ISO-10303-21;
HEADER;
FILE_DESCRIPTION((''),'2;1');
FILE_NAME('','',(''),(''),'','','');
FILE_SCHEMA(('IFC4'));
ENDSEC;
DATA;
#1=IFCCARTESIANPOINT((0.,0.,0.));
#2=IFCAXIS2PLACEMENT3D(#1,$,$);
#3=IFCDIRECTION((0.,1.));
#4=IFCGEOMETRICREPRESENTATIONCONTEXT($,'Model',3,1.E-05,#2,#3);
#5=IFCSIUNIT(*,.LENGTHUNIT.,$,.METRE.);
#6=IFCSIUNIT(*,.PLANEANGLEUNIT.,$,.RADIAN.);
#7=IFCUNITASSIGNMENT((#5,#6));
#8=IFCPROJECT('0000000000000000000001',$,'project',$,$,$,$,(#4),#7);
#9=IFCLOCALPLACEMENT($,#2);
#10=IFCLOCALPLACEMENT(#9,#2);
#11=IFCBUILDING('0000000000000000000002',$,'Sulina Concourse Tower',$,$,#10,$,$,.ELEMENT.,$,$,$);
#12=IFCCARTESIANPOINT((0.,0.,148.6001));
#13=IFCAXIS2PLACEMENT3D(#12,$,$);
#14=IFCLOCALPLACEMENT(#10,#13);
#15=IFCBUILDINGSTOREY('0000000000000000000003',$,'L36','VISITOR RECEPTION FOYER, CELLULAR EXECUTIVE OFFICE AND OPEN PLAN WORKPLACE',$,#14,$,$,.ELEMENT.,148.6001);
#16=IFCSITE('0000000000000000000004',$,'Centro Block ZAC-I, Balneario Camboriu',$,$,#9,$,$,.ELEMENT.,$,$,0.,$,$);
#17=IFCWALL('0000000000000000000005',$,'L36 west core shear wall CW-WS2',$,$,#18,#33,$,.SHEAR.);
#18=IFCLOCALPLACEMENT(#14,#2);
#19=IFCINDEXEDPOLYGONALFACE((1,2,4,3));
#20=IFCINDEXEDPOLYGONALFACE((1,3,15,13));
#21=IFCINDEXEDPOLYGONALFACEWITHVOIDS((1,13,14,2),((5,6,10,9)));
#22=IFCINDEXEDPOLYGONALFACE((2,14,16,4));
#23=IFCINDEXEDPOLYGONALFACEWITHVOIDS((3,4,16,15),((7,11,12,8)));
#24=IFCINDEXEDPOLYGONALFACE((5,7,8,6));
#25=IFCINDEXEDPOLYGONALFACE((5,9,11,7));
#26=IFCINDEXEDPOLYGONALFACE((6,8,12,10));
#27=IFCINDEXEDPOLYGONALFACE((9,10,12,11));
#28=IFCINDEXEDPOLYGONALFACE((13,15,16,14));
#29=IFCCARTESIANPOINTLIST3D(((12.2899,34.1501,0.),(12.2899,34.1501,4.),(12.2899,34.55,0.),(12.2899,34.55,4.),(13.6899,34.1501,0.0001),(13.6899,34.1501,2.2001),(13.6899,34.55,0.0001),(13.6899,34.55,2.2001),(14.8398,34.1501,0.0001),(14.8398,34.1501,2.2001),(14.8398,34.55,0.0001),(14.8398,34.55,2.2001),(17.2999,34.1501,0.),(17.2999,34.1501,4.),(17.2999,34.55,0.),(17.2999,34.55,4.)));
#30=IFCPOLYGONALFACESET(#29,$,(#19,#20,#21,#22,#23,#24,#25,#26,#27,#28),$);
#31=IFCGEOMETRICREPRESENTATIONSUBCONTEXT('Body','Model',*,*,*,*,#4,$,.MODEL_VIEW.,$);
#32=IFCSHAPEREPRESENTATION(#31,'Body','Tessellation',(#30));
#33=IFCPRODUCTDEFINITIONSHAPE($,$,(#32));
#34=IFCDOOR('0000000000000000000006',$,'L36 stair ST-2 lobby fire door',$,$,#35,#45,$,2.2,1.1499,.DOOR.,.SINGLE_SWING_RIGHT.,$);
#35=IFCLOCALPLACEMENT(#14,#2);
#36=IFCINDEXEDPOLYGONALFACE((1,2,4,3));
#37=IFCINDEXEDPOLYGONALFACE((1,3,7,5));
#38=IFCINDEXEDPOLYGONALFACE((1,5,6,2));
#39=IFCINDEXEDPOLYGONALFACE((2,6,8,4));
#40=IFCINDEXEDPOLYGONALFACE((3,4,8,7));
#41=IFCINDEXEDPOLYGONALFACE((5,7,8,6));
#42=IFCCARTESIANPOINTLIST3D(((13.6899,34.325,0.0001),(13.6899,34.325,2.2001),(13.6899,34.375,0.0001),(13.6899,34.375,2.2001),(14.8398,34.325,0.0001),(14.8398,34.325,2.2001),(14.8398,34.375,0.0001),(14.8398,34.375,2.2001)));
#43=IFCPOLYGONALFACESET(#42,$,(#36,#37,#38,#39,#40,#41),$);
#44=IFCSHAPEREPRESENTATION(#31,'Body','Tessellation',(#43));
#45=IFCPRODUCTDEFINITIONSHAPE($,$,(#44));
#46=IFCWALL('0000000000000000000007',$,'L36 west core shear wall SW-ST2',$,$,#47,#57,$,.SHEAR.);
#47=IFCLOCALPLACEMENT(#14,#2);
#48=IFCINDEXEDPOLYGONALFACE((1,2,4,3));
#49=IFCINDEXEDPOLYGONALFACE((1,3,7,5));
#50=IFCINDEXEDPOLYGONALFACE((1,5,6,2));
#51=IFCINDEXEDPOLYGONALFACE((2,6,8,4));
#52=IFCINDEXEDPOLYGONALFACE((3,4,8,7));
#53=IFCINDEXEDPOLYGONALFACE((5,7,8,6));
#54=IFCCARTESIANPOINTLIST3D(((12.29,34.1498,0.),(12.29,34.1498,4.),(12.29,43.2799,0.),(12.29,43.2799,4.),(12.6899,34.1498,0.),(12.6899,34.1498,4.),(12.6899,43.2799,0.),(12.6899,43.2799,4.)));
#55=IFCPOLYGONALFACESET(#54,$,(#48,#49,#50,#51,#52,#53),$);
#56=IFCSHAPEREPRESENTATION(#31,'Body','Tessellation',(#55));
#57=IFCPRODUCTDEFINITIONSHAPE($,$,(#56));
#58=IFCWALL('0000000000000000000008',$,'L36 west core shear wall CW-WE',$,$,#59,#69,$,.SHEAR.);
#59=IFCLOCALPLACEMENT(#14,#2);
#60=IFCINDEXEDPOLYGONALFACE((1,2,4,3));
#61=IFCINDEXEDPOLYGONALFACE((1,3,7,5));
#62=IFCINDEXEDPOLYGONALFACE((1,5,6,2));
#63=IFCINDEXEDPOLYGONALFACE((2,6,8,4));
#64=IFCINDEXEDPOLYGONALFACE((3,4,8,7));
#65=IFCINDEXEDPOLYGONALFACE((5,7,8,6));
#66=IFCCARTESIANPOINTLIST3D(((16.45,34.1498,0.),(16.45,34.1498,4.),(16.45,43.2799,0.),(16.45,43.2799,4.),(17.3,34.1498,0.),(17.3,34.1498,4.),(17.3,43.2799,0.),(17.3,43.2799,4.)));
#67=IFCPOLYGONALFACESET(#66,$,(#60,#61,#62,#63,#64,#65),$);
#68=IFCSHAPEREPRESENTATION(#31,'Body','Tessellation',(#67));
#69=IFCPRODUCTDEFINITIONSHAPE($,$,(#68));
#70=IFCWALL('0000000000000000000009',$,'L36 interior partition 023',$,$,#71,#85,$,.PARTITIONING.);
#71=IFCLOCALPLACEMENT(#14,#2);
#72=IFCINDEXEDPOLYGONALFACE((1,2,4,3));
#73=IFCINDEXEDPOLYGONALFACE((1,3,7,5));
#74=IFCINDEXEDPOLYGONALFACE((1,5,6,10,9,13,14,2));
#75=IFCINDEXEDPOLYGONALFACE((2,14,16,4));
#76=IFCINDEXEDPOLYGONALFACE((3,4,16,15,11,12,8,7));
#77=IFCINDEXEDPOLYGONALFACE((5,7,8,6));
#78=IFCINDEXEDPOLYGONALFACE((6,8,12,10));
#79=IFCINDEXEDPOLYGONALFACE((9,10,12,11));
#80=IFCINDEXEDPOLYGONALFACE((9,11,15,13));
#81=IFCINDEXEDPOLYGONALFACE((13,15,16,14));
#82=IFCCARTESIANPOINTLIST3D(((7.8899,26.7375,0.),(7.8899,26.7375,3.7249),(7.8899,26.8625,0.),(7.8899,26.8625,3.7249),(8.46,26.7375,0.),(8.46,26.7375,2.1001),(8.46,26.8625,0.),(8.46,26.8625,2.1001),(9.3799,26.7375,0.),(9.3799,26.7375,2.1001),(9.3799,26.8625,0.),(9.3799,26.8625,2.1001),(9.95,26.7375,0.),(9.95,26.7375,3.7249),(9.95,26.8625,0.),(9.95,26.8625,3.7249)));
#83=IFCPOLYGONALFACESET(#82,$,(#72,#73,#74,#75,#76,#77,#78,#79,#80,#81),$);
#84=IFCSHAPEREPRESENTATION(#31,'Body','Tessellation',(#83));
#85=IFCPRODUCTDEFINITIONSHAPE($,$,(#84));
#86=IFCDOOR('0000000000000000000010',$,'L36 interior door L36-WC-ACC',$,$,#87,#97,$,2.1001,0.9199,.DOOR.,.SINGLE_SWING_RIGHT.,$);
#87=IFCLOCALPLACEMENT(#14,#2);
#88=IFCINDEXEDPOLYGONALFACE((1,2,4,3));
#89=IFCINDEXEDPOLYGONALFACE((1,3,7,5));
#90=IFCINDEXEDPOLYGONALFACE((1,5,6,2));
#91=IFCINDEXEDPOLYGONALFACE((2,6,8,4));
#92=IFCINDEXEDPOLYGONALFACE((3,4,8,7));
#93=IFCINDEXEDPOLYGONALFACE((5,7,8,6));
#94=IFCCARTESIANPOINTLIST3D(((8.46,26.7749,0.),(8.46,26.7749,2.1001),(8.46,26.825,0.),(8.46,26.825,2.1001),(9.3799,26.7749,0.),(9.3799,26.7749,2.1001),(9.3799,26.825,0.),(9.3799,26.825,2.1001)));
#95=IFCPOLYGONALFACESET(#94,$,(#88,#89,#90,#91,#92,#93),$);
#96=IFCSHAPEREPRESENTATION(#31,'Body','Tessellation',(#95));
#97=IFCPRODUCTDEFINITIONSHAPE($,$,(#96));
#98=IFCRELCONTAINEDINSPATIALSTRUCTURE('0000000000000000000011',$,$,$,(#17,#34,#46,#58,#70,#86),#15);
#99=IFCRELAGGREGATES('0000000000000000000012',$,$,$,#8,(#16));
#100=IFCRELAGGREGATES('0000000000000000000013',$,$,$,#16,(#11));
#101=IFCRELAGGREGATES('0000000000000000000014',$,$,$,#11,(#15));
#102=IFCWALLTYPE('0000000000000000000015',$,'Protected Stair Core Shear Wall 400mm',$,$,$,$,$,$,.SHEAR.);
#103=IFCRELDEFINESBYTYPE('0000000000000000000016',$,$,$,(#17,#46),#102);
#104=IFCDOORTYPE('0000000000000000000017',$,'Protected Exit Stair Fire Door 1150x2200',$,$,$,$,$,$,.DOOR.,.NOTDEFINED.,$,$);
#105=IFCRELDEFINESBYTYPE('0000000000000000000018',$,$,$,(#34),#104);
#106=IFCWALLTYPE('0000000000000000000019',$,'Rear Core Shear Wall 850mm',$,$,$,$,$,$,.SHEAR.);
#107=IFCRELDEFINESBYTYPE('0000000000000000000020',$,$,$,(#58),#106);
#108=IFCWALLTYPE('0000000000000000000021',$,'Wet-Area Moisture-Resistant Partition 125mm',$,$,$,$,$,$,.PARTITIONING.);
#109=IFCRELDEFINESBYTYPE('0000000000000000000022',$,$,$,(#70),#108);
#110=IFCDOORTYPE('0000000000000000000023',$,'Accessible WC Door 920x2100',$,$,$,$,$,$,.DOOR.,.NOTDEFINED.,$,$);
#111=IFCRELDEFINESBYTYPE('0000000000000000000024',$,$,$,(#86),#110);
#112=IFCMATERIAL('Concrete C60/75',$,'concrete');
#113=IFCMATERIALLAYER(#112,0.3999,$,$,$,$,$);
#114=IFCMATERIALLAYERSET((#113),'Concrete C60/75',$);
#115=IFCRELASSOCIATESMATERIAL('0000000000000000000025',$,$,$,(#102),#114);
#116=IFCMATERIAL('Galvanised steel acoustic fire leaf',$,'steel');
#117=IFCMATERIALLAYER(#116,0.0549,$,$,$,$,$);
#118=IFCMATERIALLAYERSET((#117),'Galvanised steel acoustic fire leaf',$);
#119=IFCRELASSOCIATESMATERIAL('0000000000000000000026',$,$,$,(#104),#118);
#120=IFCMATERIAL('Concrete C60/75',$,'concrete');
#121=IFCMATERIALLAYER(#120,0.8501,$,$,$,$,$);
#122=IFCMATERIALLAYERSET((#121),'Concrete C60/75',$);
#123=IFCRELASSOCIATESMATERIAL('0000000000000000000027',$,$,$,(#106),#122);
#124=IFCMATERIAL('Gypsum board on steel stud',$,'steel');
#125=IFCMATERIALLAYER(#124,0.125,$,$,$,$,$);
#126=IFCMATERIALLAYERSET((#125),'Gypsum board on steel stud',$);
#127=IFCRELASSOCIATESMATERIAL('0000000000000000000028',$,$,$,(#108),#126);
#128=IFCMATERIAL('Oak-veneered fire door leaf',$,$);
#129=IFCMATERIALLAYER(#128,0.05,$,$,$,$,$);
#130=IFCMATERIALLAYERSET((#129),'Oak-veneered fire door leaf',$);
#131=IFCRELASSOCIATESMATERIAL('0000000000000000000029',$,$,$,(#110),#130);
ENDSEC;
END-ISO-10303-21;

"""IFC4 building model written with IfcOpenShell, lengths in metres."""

from ifc_helpers import new_model, si_unit, direction, frame, frame_2d, origin, place, context, subcontext, project, spatial, rectangle, extrude, material, layer, layer_set, type_object, element, fill, save


model = new_model("IFC4")

# Units and contexts
model_context = context("Model", 3, precision=1e-05, world=origin(), true_north=direction((0.0, 1.0)))
body_context = subcontext(model_context, "Body", "Model", "MODEL_VIEW")
ifc_project = project(units=[si_unit("LENGTHUNIT", "METRE"), si_unit("PLANEANGLEUNIT", "RADIAN")], contexts=[model_context])

# Site, building, storey
site_placement = place(None, origin())
site = spatial("IfcSite", under=ifc_project, at=site_placement, Name="Centro Block ZAC-I, Balneario Camboriu", CompositionType="ELEMENT", RefElevation=0.0)
building_placement = place(site_placement, origin())
building = spatial("IfcBuilding", under=site, at=building_placement, Name="Sulina Concourse Tower", CompositionType="ELEMENT")
storey_placement = place(building_placement, frame((0.0, 0.0, 148.6001)))
storey = spatial("IfcBuildingStorey", under=building, at=storey_placement, Name="L36", Description="VISITOR RECEPTION FOYER, CELLULAR EXECUTIVE OFFICE AND OPEN PLAN WORKPLACE", CompositionType="ELEMENT", Elevation=148.6001)

# Wall, opening, door
ifc_material_1 = material(Name="Concrete C60/75", Category="concrete")
ifc_layer_1 = layer(ifc_material_1, 0.3999)
ifc_layer_set_1 = layer_set([ifc_layer_1], Name="Concrete C60/75")
wall_type_1 = type_object("IfcWallType", Name="Protected Stair Core Shear Wall 400mm", PredefinedType="SHEAR", material=ifc_layer_set_1)
wall_1_placement = place(storey_placement, frame((12.29, 34.3501, 0.0), z_axis=(0.0, 0.0, 1.0), x_axis=(1.0, 0.0, 0.0)))
wall_1 = element("IfcWall", 1, at=wall_1_placement, inside=storey, type_object=wall_type_1, Name="L36 west core shear wall CW-WS2", PredefinedType="SHEAR", context=body_context, shape_type="SweptSolid", body=[
    extrude(rectangle(XDim=5.01, YDim=0.3999, at=frame_2d((2.5049, 0.0))), origin(), (0.0, 0.0, 1.0), 4.0),
])
opening_1_placement = place(wall_1_placement, frame((1.3999, 0.0, 0.0)))
opening_1 = element("IfcOpeningElement", 2, at=opening_1_placement, cuts=wall_1, PredefinedType="OPENING", context=body_context, shape_type="SweptSolid", body=[
    extrude(rectangle(XDim=1.1499, YDim=2.2, at=frame_2d((0.575, 1.1001))), frame((0.0, 0.21, 0.0), z_axis=(0.0, -1.0, 0.0), x_axis=(1.0, 0.0, 0.0)), (0.0, 0.0, 1.0), 0.4199),
])
ifc_material_2 = material(Name="Galvanised steel acoustic fire leaf", Category="steel")
ifc_layer_2 = layer(ifc_material_2, 0.0549)
ifc_layer_set_2 = layer_set([ifc_layer_2], Name="Galvanised steel acoustic fire leaf")
door_type_1 = type_object("IfcDoorType", Name="Protected Exit Stair Fire Door 1150x2200", OperationType="NOTDEFINED", PredefinedType="DOOR", material=ifc_layer_set_2)
door_1_placement = place(opening_1_placement, origin())
door_1 = element("IfcDoor", 3, at=door_1_placement, inside=storey, type_object=door_type_1, Name="L36 stair ST-2 lobby fire door", OperationType="SINGLE_SWING_RIGHT", OverallHeight=2.2, OverallWidth=1.1499, PredefinedType="DOOR", context=body_context, shape_type="SweptSolid", body=[
    extrude(rectangle(XDim=1.1499, YDim=2.2, at=frame_2d((0.575, 1.1001))), frame((0.0, 0.0249, 0.0), z_axis=(0.0, -1.0, 0.0), x_axis=(1.0, 0.0, 0.0)), (0.0, 0.0, 1.0), 0.05),
])
fill(opening_1, door_1)

# Walls
wall_2_placement = place(storey_placement, frame((12.49, 34.1499, 0.0), z_axis=(0.0, 0.0, 1.0), x_axis=(0.0, 1.0, 0.0)))
element("IfcWall", 4, at=wall_2_placement, inside=storey, type_object=wall_type_1, Name="L36 west core shear wall SW-ST2", PredefinedType="SHEAR", context=body_context, shape_type="SweptSolid", body=[
    extrude(rectangle(XDim=9.1301, YDim=0.3999, at=frame_2d((4.5649, 0.0))), origin(), (0.0, 0.0, 1.0), 4.0),
])
ifc_material_3 = material(Name="Concrete C60/75", Category="concrete")
ifc_layer_3 = layer(ifc_material_3, 0.8501)
ifc_layer_set_3 = layer_set([ifc_layer_3], Name="Concrete C60/75")
wall_type_2 = type_object("IfcWallType", Name="Rear Core Shear Wall 850mm", PredefinedType="SHEAR", material=ifc_layer_set_3)
wall_3_placement = place(storey_placement, frame((16.875, 34.1499, 0.0), z_axis=(0.0, 0.0, 1.0), x_axis=(0.0, 1.0, 0.0)))
element("IfcWall", 5, at=wall_3_placement, inside=storey, type_object=wall_type_2, Name="L36 west core shear wall CW-WE", PredefinedType="SHEAR", context=body_context, shape_type="SweptSolid", body=[
    extrude(rectangle(XDim=9.1301, YDim=0.8501, at=frame_2d((4.5649, 0.0))), origin(), (0.0, 0.0, 1.0), 4.0),
])

# Wall, opening, door
ifc_material_4 = material(Name="Gypsum board on steel stud", Category="steel")
ifc_layer_4 = layer(ifc_material_4, 0.125)
ifc_layer_set_4 = layer_set([ifc_layer_4], Name="Gypsum board on steel stud")
wall_type_3 = type_object("IfcWallType", Name="Wet-Area Moisture-Resistant Partition 125mm", PredefinedType="PARTITIONING", material=ifc_layer_set_4)
wall_4_placement = place(storey_placement, frame((7.8899, 26.8, 0.0), z_axis=(0.0, 0.0, 1.0), x_axis=(1.0, 0.0, 0.0)))
wall_4 = element("IfcWall", 6, at=wall_4_placement, inside=storey, type_object=wall_type_3, Name="L36 interior partition 023", PredefinedType="PARTITIONING", context=body_context, shape_type="SweptSolid", body=[
    extrude(rectangle(XDim=2.0601, YDim=0.125, at=frame_2d((1.03, 0.0))), origin(), (0.0, 0.0, 1.0), 3.7249),
])
opening_2_placement = place(wall_4_placement, frame((0.5701, 0.0, 0.0)))
opening_2 = element("IfcOpeningElement", 7, at=opening_2_placement, cuts=wall_4, PredefinedType="OPENING", context=body_context, shape_type="SweptSolid", body=[
    extrude(rectangle(XDim=0.9199, YDim=2.1001, at=frame_2d((0.46, 1.05))), frame((0.0, 0.0725, 0.0), z_axis=(0.0, -1.0, 0.0), x_axis=(1.0, 0.0, 0.0)), (0.0, 0.0, 1.0), 0.145),
])
ifc_material_5 = material(Name="Oak-veneered fire door leaf")
ifc_layer_5 = layer(ifc_material_5, 0.05)
ifc_layer_set_5 = layer_set([ifc_layer_5], Name="Oak-veneered fire door leaf")
door_type_2 = type_object("IfcDoorType", Name="Accessible WC Door 920x2100", OperationType="NOTDEFINED", PredefinedType="DOOR", material=ifc_layer_set_5)
door_2_placement = place(opening_2_placement, origin())
door_2 = element("IfcDoor", 8, at=door_2_placement, inside=storey, type_object=door_type_2, Name="L36 interior door L36-WC-ACC", OperationType="SINGLE_SWING_RIGHT", OverallHeight=2.1001, OverallWidth=0.9199, PredefinedType="DOOR", context=body_context, shape_type="SweptSolid", body=[
    extrude(rectangle(XDim=0.9199, YDim=2.1001, at=frame_2d((0.46, 1.05))), frame((0.0, 0.0249, 0.0), z_axis=(0.0, -1.0, 0.0), x_axis=(1.0, 0.0, 0.0)), (0.0, 0.0, 1.0), 0.05),
])
fill(opening_2, door_2)

save(model, "model.ifc")
